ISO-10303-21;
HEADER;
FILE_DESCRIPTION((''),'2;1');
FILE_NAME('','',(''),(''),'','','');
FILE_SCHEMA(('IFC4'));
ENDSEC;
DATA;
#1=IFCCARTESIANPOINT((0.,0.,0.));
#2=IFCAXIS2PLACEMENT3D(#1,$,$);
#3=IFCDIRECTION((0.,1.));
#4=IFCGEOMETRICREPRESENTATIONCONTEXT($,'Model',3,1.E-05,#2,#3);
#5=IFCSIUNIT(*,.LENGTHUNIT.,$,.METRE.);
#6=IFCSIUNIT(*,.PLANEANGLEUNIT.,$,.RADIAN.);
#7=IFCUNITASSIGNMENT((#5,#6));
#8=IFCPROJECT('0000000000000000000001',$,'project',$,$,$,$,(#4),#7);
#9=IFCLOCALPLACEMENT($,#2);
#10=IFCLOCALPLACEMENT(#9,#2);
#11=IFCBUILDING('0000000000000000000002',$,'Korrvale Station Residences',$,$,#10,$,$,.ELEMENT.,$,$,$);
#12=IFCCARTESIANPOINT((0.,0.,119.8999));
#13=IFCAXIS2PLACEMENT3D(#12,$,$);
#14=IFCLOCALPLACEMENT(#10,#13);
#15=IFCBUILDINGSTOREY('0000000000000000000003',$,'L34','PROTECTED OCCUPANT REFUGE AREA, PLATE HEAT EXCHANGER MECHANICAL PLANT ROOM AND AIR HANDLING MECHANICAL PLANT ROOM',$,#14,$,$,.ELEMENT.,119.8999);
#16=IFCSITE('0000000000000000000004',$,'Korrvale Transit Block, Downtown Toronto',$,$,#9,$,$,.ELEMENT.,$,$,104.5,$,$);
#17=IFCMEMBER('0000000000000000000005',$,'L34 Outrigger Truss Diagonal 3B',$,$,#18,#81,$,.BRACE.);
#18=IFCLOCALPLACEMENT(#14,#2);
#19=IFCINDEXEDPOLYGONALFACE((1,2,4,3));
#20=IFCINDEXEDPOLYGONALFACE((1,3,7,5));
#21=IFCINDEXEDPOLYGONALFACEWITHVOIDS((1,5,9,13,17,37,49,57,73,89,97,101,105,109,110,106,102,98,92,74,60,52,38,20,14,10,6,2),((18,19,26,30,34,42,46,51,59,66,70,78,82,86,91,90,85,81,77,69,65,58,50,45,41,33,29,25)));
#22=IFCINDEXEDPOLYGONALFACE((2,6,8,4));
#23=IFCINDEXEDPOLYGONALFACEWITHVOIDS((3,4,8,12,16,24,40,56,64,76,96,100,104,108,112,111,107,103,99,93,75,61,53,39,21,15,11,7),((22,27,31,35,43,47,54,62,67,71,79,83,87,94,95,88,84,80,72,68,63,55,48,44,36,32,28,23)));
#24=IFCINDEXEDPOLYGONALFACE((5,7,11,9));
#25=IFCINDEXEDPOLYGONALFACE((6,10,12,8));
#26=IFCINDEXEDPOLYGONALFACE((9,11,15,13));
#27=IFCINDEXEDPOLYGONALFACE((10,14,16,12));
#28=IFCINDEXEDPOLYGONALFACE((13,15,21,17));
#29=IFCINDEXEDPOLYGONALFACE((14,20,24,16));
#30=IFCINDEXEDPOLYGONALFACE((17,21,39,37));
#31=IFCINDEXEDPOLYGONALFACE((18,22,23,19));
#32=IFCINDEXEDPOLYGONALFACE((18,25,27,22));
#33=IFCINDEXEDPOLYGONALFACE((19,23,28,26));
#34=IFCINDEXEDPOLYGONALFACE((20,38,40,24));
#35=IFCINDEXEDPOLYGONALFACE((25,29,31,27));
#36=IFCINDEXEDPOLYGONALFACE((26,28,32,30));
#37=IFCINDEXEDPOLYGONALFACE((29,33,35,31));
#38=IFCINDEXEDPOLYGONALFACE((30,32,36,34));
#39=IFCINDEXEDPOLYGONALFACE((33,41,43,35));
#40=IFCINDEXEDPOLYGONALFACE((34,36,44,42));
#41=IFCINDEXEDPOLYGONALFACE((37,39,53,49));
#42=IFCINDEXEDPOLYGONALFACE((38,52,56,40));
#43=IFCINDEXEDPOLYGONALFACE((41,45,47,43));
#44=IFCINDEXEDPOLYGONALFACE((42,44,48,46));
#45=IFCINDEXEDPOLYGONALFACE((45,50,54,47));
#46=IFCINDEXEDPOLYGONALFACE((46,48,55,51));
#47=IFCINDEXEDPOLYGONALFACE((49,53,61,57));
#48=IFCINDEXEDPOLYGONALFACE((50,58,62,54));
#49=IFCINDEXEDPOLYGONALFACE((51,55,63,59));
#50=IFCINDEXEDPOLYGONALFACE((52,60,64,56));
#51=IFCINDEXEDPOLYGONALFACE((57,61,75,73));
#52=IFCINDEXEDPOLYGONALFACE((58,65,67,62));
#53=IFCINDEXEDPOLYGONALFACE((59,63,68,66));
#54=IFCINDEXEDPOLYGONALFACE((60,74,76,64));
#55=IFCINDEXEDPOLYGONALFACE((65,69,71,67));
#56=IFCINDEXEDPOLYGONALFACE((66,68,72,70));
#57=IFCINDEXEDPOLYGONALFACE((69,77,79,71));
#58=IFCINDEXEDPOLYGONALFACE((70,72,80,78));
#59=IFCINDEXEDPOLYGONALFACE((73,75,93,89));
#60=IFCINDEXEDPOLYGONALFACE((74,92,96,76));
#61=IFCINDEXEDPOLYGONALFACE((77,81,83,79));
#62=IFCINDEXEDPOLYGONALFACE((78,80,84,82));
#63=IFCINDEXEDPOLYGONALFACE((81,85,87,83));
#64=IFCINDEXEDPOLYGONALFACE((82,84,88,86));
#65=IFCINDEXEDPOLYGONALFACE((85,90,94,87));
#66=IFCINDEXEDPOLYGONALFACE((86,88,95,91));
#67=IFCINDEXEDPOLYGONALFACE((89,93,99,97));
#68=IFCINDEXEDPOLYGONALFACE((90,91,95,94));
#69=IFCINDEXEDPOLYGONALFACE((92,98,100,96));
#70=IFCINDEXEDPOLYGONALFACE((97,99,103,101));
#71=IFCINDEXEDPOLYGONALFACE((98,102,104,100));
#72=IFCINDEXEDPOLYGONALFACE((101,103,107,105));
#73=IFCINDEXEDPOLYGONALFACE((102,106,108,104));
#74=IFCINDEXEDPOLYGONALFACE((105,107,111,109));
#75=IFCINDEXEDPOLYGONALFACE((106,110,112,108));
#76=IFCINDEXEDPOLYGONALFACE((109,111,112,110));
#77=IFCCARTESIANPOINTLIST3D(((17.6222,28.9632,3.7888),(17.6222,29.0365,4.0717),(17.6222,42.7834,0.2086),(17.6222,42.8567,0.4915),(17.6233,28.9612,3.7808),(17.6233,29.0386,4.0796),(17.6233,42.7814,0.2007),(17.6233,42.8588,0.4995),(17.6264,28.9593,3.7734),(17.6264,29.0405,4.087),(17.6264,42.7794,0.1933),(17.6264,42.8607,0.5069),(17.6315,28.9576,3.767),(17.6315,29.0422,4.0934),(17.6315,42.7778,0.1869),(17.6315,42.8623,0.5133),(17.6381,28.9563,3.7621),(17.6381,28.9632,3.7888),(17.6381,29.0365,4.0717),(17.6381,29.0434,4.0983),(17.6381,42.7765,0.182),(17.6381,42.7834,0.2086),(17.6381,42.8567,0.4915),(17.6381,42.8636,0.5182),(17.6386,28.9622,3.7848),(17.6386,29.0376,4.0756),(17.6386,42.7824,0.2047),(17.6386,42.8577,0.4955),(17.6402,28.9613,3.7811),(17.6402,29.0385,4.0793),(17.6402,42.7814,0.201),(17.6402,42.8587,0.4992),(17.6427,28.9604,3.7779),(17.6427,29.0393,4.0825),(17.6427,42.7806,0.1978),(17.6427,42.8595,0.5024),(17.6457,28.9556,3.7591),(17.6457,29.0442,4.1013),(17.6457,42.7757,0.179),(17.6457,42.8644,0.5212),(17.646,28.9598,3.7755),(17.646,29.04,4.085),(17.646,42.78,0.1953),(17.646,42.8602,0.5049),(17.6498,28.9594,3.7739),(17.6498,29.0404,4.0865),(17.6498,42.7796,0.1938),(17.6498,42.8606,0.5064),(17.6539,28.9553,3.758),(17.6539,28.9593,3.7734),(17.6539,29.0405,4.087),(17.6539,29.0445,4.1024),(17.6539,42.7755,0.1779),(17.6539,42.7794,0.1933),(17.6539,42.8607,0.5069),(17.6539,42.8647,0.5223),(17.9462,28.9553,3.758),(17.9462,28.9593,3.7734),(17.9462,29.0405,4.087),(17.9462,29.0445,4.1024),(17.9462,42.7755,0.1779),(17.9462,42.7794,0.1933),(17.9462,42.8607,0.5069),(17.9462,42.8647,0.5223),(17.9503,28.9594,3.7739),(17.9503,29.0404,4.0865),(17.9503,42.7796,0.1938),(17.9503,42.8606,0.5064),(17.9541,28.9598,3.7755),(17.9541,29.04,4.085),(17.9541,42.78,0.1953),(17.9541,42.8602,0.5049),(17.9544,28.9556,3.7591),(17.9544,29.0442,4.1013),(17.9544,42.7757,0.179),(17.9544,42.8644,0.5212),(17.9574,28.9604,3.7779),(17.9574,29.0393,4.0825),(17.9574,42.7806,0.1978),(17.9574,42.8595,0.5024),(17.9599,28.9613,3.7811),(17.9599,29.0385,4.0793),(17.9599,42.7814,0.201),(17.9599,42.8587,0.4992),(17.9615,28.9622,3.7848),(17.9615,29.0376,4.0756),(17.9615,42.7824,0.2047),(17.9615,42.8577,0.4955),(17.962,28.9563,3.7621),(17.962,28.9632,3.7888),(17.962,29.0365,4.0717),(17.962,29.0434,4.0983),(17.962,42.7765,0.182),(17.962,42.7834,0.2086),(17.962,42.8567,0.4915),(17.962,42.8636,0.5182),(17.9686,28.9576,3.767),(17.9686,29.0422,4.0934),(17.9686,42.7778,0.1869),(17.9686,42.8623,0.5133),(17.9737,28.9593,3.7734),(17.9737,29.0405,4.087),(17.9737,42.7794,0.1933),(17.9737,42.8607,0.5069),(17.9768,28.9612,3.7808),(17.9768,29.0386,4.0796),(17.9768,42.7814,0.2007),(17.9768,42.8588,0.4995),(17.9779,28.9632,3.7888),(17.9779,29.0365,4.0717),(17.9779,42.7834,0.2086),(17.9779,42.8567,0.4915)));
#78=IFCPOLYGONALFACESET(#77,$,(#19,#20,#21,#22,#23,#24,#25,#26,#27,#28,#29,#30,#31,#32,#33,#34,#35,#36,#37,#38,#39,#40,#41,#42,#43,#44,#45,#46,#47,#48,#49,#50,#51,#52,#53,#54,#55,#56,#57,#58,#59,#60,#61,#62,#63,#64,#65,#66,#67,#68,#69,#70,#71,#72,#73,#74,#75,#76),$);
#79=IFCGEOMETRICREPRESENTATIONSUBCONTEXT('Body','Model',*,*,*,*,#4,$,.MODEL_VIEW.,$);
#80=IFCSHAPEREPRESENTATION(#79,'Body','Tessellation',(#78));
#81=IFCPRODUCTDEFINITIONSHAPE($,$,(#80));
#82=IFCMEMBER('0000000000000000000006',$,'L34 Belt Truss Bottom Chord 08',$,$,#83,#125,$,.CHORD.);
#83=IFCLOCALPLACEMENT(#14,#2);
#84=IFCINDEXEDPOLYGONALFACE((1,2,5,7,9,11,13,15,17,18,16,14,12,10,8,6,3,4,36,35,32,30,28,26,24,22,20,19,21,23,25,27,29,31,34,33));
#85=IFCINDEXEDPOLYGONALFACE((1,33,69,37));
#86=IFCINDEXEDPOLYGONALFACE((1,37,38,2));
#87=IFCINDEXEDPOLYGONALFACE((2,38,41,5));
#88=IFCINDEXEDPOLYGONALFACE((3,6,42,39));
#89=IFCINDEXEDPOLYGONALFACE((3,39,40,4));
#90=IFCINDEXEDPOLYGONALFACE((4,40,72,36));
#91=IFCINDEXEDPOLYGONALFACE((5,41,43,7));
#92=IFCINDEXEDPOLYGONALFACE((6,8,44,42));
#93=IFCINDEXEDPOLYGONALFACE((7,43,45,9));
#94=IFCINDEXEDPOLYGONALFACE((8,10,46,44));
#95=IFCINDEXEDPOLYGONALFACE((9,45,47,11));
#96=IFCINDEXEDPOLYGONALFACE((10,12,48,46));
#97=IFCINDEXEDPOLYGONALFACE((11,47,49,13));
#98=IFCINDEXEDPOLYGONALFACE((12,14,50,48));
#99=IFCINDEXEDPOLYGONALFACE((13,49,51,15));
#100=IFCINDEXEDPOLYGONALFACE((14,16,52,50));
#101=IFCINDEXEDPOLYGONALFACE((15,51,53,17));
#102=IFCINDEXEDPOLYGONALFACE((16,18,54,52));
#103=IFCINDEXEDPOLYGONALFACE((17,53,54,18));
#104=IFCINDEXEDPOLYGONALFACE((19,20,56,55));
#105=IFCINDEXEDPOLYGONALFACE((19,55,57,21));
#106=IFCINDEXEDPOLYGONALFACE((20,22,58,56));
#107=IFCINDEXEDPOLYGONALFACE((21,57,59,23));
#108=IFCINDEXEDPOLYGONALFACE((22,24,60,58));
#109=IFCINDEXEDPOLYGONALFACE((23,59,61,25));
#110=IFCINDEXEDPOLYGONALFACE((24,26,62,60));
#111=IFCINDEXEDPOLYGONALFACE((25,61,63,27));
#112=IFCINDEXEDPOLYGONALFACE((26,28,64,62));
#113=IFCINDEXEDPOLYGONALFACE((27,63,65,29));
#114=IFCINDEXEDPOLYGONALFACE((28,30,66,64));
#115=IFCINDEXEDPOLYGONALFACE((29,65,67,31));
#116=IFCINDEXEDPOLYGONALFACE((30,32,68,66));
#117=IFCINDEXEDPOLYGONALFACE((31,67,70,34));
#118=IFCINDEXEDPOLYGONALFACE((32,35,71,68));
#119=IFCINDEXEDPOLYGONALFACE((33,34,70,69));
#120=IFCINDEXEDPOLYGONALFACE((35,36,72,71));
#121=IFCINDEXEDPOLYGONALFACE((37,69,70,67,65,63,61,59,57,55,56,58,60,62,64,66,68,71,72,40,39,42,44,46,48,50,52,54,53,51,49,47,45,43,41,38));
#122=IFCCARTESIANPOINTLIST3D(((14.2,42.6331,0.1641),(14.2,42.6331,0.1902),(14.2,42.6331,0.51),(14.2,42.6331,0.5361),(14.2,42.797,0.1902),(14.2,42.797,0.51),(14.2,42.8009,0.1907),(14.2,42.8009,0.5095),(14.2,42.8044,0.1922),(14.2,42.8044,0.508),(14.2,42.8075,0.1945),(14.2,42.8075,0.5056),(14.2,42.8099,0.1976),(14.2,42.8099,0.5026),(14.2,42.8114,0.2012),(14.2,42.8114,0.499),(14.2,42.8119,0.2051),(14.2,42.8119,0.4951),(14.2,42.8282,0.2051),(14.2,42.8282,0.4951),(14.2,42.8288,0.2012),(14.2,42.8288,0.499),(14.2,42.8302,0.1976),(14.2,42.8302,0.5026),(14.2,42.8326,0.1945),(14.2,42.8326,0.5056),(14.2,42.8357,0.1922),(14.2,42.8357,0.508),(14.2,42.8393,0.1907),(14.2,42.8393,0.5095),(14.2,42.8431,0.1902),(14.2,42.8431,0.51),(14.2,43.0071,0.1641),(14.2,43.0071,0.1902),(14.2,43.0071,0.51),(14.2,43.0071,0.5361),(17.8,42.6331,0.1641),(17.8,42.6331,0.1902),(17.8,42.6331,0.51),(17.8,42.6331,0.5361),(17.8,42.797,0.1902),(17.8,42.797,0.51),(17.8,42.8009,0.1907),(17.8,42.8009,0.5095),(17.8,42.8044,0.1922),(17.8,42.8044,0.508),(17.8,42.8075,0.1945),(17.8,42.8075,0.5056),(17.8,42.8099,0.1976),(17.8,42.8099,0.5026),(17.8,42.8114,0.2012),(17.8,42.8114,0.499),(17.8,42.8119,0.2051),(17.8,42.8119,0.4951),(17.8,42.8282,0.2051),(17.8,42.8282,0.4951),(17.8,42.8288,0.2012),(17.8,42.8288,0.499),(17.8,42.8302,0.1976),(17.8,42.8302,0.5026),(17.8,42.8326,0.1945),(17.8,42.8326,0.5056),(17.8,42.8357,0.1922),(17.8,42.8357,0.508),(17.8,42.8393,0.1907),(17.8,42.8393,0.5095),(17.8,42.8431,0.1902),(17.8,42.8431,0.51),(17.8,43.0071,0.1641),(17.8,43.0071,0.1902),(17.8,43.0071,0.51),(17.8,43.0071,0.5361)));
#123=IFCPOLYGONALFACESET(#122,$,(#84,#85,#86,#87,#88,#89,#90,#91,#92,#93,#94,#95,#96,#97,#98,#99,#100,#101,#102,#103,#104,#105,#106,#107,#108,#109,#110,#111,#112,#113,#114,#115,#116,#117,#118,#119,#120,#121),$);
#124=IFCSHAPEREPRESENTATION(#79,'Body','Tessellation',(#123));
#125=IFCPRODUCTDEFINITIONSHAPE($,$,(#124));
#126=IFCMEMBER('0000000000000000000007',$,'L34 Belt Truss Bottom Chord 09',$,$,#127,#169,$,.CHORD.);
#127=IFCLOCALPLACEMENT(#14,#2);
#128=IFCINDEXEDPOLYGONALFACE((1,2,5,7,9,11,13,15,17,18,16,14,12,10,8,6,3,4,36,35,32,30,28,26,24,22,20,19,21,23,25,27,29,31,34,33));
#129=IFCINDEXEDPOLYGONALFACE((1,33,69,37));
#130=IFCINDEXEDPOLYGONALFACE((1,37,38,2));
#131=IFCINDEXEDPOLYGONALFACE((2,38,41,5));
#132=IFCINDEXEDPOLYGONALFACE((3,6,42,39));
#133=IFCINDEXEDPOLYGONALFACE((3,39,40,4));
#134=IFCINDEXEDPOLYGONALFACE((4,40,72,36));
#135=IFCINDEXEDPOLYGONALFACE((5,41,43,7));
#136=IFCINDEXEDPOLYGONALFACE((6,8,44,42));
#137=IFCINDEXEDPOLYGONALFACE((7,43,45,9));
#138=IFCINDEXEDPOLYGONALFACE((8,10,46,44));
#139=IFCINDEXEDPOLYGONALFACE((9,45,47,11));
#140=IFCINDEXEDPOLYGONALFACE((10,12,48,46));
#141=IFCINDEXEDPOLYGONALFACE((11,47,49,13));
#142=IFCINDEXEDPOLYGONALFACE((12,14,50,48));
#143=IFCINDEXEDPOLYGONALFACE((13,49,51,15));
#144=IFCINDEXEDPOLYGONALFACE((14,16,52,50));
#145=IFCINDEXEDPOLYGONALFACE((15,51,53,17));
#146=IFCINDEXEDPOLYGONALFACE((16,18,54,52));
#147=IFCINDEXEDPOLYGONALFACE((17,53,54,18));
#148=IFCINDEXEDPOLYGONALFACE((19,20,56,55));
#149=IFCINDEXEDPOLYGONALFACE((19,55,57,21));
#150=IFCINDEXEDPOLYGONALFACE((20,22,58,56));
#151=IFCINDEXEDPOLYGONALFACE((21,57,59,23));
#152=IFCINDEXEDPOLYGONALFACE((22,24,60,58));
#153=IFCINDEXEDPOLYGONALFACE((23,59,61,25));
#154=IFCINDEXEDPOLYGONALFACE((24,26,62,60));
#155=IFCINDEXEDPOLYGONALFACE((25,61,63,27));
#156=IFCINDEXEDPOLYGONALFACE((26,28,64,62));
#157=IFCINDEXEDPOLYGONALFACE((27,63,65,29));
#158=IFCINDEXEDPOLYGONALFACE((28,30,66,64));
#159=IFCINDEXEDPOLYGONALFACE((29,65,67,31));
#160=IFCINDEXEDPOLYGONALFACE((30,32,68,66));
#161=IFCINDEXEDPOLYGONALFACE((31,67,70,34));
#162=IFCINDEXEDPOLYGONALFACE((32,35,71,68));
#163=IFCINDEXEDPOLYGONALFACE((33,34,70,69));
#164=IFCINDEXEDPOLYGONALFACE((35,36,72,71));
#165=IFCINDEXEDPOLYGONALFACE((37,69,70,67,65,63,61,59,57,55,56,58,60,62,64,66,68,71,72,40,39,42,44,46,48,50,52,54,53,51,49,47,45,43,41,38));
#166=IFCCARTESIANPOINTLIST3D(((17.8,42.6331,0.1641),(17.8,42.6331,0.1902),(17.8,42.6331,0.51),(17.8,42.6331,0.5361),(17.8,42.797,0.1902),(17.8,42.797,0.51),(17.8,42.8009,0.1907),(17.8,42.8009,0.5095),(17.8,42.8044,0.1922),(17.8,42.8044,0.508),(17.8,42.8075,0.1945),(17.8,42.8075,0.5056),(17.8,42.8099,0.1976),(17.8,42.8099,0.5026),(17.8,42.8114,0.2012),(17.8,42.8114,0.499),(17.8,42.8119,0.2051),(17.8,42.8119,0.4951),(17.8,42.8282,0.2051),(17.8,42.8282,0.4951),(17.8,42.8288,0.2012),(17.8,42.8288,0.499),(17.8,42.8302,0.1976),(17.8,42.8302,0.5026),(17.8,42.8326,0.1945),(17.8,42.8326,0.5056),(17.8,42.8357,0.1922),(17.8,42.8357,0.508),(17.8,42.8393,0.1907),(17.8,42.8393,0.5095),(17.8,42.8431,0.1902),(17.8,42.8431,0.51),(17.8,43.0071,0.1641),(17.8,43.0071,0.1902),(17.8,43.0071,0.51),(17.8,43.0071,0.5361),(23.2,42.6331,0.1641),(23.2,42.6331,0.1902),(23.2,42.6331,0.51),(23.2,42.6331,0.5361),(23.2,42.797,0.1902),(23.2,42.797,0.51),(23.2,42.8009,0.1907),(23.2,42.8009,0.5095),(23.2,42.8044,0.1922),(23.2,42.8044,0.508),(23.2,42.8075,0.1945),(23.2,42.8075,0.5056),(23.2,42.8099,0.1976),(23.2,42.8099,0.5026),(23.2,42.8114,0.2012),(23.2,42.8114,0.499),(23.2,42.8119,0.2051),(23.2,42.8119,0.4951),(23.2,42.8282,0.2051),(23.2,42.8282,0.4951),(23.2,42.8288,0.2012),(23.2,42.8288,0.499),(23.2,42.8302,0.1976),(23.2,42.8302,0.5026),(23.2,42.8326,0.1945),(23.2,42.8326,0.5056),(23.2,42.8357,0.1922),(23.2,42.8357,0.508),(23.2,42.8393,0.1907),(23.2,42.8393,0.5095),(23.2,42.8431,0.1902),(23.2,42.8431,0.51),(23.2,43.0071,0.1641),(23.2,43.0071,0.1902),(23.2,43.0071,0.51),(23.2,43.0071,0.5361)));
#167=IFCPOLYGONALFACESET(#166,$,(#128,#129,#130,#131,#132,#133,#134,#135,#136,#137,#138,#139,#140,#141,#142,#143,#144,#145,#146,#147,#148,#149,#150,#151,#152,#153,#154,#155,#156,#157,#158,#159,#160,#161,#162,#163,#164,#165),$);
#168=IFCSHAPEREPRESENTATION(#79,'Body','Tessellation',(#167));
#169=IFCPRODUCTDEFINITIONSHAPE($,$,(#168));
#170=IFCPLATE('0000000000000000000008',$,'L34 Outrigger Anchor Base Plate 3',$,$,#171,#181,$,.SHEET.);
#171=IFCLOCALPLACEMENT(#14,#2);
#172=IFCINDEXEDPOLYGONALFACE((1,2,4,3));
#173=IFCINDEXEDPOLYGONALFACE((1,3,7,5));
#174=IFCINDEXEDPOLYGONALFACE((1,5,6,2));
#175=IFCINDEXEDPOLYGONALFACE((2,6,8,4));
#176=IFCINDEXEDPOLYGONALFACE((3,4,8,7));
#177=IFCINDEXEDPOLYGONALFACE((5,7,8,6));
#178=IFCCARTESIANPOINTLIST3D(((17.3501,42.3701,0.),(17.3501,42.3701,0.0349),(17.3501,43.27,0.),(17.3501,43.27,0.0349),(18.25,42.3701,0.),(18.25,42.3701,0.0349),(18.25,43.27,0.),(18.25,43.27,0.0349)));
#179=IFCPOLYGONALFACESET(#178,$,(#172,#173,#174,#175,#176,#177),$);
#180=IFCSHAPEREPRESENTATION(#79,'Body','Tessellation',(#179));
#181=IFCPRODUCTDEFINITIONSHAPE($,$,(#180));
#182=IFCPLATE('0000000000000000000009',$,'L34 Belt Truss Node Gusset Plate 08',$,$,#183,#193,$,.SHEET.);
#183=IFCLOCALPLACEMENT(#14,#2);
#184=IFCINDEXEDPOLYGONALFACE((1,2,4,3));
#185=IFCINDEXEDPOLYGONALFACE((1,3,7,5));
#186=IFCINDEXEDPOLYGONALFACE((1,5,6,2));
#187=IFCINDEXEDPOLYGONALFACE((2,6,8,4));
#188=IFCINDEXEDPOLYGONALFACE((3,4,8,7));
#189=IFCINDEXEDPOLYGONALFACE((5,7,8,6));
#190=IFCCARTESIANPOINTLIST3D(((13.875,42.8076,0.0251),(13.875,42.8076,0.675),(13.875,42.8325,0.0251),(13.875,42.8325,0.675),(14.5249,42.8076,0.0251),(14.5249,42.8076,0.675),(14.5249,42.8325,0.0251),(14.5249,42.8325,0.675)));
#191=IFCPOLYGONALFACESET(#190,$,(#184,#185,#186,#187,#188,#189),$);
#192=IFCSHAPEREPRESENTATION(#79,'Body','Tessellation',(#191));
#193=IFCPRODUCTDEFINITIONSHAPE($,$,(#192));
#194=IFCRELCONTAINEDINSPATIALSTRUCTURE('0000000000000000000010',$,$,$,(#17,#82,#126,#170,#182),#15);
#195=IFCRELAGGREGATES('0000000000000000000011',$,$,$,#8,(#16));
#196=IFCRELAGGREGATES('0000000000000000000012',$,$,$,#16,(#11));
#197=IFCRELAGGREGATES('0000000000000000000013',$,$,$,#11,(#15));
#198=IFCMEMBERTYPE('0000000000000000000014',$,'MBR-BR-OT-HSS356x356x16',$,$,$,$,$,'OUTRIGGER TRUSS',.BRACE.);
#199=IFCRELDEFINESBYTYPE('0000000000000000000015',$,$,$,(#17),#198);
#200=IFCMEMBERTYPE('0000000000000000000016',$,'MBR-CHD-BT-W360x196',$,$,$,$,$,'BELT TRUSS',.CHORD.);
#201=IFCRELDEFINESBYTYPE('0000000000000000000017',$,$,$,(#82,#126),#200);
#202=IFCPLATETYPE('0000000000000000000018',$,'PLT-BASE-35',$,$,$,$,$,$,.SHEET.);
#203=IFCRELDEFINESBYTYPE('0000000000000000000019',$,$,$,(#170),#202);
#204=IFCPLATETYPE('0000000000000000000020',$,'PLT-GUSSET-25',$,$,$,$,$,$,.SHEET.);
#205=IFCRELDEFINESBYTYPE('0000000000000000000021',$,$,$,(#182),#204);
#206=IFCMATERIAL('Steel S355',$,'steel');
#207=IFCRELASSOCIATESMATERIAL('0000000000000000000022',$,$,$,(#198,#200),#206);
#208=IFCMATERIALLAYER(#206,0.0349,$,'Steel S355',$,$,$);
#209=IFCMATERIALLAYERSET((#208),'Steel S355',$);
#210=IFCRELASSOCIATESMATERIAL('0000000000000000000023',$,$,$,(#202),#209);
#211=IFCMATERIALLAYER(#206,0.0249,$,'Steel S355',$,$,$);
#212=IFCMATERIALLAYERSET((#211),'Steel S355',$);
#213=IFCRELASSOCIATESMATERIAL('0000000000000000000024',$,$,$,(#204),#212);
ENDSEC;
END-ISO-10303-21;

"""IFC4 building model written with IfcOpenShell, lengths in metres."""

from ifc_helpers import new_model, si_unit, direction, frame, origin, origin_2d, place, context, subcontext, project, spatial, rectangle, hollow_rectangle, i_section, extrude, material, layer, layer_set, material_profile, profile_set, type_object, element, save


model = new_model("IFC4")

# Units and contexts
model_context = context("Model", 3, precision=1e-05, world=origin(), true_north=direction((0.0, 1.0)))
body_context = subcontext(model_context, "Body", "Model", "MODEL_VIEW")
ifc_project = project(units=[si_unit("LENGTHUNIT", "METRE"), si_unit("PLANEANGLEUNIT", "RADIAN")], contexts=[model_context])

# Site, building, storey
site_placement = place(None, origin())
site = spatial("IfcSite", under=ifc_project, at=site_placement, Name="Korrvale Transit Block, Downtown Toronto", CompositionType="ELEMENT", RefElevation=104.5)
building_placement = place(site_placement, origin())
building = spatial("IfcBuilding", under=site, at=building_placement, Name="Korrvale Station Residences", CompositionType="ELEMENT")
storey_placement = place(building_placement, frame((0.0, 0.0, 119.8999)))
storey = spatial("IfcBuildingStorey", under=building, at=storey_placement, Name="L34", Description="PROTECTED OCCUPANT REFUGE AREA, PLATE HEAT EXCHANGER MECHANICAL PLANT ROOM AND AIR HANDLING MECHANICAL PLANT ROOM", CompositionType="ELEMENT", Elevation=119.8999)

# Members
ifc_material_1 = material(Name="Steel S355", Category="steel")
ifc_material_profile_1 = material_profile(ifc_material_1, hollow_rectangle(XDim=0.3557, YDim=0.3557, WallThickness=0.0159, InnerFilletRadius=0.0159, OuterFilletRadius=0.0317, at=origin_2d()), Name="HSS356x356x16")
ifc_profile_set_1 = profile_set([ifc_material_profile_1], Name="Steel S355")
member_type_1 = type_object("IfcMemberType", Name="MBR-BR-OT-HSS356x356x16", ElementType="OUTRIGGER TRUSS", PredefinedType="BRACE", material=ifc_profile_set_1)
member_1_placement = place(storey_placement, frame((17.8, 42.8201, 0.3501), z_axis=(0.0, -0.968046, 0.250772), x_axis=(1.0, 0.0, 0.0)))
element("IfcMember", 1, at=member_1_placement, inside=storey, type_object=member_type_1, Name="L34 Outrigger Truss Diagonal 3B", PredefinedType="BRACE", context=body_context, shape_type="SweptSolid", body=[
    extrude(hollow_rectangle(XDim=0.3557, YDim=0.3557, WallThickness=0.0159, InnerFilletRadius=0.0159, OuterFilletRadius=0.0317, at=origin_2d()), origin(), (0.0, 0.0, 1.0), 14.2764),
])
ifc_material_profile_2 = material_profile(ifc_material_1, i_section(OverallWidth=0.374, OverallDepth=0.3721, WebThickness=0.0164, FlangeThickness=0.0261, FilletRadius=0.0149, at=origin_2d()), Name="W360x196")
ifc_profile_set_2 = profile_set([ifc_material_profile_2], Name="Steel S355")
member_type_2 = type_object("IfcMemberType", Name="MBR-CHD-BT-W360x196", ElementType="BELT TRUSS", PredefinedType="CHORD", material=ifc_profile_set_2)
member_2_placement = place(storey_placement, frame((14.2, 42.8201, 0.3501), z_axis=(1.0, 0.0, 0.0), x_axis=(0.0, 1.0, 0.0)))
element("IfcMember", 2, at=member_2_placement, inside=storey, type_object=member_type_2, Name="L34 Belt Truss Bottom Chord 08", PredefinedType="CHORD", context=body_context, shape_type="SweptSolid", body=[
    extrude(i_section(OverallWidth=0.374, OverallDepth=0.3721, WebThickness=0.0164, FlangeThickness=0.0261, FilletRadius=0.0149, at=origin_2d()), origin(), (0.0, 0.0, 1.0), 3.6001),
])
member_3_placement = place(storey_placement, frame((17.8, 42.8201, 0.3501), z_axis=(1.0, 0.0, 0.0), x_axis=(0.0, 1.0, 0.0)))
element("IfcMember", 3, at=member_3_placement, inside=storey, type_object=member_type_2, Name="L34 Belt Truss Bottom Chord 09", PredefinedType="CHORD", context=body_context, shape_type="SweptSolid", body=[
    extrude(i_section(OverallWidth=0.374, OverallDepth=0.3721, WebThickness=0.0164, FlangeThickness=0.0261, FilletRadius=0.0149, at=origin_2d()), origin(), (0.0, 0.0, 1.0), 5.3999),
])

# Plates
ifc_layer_1 = layer(ifc_material_1, 0.0349, Name="Steel S355")
ifc_layer_set_1 = layer_set([ifc_layer_1], Name="Steel S355")
plate_type_1 = type_object("IfcPlateType", Name="PLT-BASE-35", PredefinedType="SHEET", material=ifc_layer_set_1)
plate_placement = place(storey_placement, frame((17.8, 42.8201, 0.0), z_axis=(0.0, 0.0, 1.0), x_axis=(1.0, 0.0, 0.0)))
element("IfcPlate", 4, at=plate_placement, inside=storey, type_object=plate_type_1, Name="L34 Outrigger Anchor Base Plate 3", PredefinedType="SHEET", context=body_context, shape_type="SweptSolid", body=[
    extrude(rectangle(XDim=0.8999, YDim=0.8999, at=origin_2d()), origin(), (0.0, 0.0, 1.0), 0.0349),
])
ifc_layer_2 = layer(ifc_material_1, 0.0249, Name="Steel S355")
ifc_layer_set_2 = layer_set([ifc_layer_2], Name="Steel S355")
plate_type_2 = type_object("IfcPlateType", Name="PLT-GUSSET-25", PredefinedType="SHEET", material=ifc_layer_set_2)
for number, where, z_axis, x_axis, name in (
    (5, (14.2, 42.8201, 0.0251), (0.0, 0.0, 1.0), (1.0, 0.0, 0.0), "L34 Belt Truss Node Gusset Plate 08"),
):
    element("IfcPlate", number, at=place(storey_placement, frame(where, z_axis=z_axis, x_axis=x_axis)), inside=storey, type_object=plate_type_2, Name=name, PredefinedType="SHEET", context=body_context, shape_type="SweptSolid", body=[
        extrude(rectangle(XDim=0.6499, YDim=0.0249, at=origin_2d()), origin(), (0.0, 0.0, 1.0), 0.6499),
    ])

save(model, "model.ifc")
